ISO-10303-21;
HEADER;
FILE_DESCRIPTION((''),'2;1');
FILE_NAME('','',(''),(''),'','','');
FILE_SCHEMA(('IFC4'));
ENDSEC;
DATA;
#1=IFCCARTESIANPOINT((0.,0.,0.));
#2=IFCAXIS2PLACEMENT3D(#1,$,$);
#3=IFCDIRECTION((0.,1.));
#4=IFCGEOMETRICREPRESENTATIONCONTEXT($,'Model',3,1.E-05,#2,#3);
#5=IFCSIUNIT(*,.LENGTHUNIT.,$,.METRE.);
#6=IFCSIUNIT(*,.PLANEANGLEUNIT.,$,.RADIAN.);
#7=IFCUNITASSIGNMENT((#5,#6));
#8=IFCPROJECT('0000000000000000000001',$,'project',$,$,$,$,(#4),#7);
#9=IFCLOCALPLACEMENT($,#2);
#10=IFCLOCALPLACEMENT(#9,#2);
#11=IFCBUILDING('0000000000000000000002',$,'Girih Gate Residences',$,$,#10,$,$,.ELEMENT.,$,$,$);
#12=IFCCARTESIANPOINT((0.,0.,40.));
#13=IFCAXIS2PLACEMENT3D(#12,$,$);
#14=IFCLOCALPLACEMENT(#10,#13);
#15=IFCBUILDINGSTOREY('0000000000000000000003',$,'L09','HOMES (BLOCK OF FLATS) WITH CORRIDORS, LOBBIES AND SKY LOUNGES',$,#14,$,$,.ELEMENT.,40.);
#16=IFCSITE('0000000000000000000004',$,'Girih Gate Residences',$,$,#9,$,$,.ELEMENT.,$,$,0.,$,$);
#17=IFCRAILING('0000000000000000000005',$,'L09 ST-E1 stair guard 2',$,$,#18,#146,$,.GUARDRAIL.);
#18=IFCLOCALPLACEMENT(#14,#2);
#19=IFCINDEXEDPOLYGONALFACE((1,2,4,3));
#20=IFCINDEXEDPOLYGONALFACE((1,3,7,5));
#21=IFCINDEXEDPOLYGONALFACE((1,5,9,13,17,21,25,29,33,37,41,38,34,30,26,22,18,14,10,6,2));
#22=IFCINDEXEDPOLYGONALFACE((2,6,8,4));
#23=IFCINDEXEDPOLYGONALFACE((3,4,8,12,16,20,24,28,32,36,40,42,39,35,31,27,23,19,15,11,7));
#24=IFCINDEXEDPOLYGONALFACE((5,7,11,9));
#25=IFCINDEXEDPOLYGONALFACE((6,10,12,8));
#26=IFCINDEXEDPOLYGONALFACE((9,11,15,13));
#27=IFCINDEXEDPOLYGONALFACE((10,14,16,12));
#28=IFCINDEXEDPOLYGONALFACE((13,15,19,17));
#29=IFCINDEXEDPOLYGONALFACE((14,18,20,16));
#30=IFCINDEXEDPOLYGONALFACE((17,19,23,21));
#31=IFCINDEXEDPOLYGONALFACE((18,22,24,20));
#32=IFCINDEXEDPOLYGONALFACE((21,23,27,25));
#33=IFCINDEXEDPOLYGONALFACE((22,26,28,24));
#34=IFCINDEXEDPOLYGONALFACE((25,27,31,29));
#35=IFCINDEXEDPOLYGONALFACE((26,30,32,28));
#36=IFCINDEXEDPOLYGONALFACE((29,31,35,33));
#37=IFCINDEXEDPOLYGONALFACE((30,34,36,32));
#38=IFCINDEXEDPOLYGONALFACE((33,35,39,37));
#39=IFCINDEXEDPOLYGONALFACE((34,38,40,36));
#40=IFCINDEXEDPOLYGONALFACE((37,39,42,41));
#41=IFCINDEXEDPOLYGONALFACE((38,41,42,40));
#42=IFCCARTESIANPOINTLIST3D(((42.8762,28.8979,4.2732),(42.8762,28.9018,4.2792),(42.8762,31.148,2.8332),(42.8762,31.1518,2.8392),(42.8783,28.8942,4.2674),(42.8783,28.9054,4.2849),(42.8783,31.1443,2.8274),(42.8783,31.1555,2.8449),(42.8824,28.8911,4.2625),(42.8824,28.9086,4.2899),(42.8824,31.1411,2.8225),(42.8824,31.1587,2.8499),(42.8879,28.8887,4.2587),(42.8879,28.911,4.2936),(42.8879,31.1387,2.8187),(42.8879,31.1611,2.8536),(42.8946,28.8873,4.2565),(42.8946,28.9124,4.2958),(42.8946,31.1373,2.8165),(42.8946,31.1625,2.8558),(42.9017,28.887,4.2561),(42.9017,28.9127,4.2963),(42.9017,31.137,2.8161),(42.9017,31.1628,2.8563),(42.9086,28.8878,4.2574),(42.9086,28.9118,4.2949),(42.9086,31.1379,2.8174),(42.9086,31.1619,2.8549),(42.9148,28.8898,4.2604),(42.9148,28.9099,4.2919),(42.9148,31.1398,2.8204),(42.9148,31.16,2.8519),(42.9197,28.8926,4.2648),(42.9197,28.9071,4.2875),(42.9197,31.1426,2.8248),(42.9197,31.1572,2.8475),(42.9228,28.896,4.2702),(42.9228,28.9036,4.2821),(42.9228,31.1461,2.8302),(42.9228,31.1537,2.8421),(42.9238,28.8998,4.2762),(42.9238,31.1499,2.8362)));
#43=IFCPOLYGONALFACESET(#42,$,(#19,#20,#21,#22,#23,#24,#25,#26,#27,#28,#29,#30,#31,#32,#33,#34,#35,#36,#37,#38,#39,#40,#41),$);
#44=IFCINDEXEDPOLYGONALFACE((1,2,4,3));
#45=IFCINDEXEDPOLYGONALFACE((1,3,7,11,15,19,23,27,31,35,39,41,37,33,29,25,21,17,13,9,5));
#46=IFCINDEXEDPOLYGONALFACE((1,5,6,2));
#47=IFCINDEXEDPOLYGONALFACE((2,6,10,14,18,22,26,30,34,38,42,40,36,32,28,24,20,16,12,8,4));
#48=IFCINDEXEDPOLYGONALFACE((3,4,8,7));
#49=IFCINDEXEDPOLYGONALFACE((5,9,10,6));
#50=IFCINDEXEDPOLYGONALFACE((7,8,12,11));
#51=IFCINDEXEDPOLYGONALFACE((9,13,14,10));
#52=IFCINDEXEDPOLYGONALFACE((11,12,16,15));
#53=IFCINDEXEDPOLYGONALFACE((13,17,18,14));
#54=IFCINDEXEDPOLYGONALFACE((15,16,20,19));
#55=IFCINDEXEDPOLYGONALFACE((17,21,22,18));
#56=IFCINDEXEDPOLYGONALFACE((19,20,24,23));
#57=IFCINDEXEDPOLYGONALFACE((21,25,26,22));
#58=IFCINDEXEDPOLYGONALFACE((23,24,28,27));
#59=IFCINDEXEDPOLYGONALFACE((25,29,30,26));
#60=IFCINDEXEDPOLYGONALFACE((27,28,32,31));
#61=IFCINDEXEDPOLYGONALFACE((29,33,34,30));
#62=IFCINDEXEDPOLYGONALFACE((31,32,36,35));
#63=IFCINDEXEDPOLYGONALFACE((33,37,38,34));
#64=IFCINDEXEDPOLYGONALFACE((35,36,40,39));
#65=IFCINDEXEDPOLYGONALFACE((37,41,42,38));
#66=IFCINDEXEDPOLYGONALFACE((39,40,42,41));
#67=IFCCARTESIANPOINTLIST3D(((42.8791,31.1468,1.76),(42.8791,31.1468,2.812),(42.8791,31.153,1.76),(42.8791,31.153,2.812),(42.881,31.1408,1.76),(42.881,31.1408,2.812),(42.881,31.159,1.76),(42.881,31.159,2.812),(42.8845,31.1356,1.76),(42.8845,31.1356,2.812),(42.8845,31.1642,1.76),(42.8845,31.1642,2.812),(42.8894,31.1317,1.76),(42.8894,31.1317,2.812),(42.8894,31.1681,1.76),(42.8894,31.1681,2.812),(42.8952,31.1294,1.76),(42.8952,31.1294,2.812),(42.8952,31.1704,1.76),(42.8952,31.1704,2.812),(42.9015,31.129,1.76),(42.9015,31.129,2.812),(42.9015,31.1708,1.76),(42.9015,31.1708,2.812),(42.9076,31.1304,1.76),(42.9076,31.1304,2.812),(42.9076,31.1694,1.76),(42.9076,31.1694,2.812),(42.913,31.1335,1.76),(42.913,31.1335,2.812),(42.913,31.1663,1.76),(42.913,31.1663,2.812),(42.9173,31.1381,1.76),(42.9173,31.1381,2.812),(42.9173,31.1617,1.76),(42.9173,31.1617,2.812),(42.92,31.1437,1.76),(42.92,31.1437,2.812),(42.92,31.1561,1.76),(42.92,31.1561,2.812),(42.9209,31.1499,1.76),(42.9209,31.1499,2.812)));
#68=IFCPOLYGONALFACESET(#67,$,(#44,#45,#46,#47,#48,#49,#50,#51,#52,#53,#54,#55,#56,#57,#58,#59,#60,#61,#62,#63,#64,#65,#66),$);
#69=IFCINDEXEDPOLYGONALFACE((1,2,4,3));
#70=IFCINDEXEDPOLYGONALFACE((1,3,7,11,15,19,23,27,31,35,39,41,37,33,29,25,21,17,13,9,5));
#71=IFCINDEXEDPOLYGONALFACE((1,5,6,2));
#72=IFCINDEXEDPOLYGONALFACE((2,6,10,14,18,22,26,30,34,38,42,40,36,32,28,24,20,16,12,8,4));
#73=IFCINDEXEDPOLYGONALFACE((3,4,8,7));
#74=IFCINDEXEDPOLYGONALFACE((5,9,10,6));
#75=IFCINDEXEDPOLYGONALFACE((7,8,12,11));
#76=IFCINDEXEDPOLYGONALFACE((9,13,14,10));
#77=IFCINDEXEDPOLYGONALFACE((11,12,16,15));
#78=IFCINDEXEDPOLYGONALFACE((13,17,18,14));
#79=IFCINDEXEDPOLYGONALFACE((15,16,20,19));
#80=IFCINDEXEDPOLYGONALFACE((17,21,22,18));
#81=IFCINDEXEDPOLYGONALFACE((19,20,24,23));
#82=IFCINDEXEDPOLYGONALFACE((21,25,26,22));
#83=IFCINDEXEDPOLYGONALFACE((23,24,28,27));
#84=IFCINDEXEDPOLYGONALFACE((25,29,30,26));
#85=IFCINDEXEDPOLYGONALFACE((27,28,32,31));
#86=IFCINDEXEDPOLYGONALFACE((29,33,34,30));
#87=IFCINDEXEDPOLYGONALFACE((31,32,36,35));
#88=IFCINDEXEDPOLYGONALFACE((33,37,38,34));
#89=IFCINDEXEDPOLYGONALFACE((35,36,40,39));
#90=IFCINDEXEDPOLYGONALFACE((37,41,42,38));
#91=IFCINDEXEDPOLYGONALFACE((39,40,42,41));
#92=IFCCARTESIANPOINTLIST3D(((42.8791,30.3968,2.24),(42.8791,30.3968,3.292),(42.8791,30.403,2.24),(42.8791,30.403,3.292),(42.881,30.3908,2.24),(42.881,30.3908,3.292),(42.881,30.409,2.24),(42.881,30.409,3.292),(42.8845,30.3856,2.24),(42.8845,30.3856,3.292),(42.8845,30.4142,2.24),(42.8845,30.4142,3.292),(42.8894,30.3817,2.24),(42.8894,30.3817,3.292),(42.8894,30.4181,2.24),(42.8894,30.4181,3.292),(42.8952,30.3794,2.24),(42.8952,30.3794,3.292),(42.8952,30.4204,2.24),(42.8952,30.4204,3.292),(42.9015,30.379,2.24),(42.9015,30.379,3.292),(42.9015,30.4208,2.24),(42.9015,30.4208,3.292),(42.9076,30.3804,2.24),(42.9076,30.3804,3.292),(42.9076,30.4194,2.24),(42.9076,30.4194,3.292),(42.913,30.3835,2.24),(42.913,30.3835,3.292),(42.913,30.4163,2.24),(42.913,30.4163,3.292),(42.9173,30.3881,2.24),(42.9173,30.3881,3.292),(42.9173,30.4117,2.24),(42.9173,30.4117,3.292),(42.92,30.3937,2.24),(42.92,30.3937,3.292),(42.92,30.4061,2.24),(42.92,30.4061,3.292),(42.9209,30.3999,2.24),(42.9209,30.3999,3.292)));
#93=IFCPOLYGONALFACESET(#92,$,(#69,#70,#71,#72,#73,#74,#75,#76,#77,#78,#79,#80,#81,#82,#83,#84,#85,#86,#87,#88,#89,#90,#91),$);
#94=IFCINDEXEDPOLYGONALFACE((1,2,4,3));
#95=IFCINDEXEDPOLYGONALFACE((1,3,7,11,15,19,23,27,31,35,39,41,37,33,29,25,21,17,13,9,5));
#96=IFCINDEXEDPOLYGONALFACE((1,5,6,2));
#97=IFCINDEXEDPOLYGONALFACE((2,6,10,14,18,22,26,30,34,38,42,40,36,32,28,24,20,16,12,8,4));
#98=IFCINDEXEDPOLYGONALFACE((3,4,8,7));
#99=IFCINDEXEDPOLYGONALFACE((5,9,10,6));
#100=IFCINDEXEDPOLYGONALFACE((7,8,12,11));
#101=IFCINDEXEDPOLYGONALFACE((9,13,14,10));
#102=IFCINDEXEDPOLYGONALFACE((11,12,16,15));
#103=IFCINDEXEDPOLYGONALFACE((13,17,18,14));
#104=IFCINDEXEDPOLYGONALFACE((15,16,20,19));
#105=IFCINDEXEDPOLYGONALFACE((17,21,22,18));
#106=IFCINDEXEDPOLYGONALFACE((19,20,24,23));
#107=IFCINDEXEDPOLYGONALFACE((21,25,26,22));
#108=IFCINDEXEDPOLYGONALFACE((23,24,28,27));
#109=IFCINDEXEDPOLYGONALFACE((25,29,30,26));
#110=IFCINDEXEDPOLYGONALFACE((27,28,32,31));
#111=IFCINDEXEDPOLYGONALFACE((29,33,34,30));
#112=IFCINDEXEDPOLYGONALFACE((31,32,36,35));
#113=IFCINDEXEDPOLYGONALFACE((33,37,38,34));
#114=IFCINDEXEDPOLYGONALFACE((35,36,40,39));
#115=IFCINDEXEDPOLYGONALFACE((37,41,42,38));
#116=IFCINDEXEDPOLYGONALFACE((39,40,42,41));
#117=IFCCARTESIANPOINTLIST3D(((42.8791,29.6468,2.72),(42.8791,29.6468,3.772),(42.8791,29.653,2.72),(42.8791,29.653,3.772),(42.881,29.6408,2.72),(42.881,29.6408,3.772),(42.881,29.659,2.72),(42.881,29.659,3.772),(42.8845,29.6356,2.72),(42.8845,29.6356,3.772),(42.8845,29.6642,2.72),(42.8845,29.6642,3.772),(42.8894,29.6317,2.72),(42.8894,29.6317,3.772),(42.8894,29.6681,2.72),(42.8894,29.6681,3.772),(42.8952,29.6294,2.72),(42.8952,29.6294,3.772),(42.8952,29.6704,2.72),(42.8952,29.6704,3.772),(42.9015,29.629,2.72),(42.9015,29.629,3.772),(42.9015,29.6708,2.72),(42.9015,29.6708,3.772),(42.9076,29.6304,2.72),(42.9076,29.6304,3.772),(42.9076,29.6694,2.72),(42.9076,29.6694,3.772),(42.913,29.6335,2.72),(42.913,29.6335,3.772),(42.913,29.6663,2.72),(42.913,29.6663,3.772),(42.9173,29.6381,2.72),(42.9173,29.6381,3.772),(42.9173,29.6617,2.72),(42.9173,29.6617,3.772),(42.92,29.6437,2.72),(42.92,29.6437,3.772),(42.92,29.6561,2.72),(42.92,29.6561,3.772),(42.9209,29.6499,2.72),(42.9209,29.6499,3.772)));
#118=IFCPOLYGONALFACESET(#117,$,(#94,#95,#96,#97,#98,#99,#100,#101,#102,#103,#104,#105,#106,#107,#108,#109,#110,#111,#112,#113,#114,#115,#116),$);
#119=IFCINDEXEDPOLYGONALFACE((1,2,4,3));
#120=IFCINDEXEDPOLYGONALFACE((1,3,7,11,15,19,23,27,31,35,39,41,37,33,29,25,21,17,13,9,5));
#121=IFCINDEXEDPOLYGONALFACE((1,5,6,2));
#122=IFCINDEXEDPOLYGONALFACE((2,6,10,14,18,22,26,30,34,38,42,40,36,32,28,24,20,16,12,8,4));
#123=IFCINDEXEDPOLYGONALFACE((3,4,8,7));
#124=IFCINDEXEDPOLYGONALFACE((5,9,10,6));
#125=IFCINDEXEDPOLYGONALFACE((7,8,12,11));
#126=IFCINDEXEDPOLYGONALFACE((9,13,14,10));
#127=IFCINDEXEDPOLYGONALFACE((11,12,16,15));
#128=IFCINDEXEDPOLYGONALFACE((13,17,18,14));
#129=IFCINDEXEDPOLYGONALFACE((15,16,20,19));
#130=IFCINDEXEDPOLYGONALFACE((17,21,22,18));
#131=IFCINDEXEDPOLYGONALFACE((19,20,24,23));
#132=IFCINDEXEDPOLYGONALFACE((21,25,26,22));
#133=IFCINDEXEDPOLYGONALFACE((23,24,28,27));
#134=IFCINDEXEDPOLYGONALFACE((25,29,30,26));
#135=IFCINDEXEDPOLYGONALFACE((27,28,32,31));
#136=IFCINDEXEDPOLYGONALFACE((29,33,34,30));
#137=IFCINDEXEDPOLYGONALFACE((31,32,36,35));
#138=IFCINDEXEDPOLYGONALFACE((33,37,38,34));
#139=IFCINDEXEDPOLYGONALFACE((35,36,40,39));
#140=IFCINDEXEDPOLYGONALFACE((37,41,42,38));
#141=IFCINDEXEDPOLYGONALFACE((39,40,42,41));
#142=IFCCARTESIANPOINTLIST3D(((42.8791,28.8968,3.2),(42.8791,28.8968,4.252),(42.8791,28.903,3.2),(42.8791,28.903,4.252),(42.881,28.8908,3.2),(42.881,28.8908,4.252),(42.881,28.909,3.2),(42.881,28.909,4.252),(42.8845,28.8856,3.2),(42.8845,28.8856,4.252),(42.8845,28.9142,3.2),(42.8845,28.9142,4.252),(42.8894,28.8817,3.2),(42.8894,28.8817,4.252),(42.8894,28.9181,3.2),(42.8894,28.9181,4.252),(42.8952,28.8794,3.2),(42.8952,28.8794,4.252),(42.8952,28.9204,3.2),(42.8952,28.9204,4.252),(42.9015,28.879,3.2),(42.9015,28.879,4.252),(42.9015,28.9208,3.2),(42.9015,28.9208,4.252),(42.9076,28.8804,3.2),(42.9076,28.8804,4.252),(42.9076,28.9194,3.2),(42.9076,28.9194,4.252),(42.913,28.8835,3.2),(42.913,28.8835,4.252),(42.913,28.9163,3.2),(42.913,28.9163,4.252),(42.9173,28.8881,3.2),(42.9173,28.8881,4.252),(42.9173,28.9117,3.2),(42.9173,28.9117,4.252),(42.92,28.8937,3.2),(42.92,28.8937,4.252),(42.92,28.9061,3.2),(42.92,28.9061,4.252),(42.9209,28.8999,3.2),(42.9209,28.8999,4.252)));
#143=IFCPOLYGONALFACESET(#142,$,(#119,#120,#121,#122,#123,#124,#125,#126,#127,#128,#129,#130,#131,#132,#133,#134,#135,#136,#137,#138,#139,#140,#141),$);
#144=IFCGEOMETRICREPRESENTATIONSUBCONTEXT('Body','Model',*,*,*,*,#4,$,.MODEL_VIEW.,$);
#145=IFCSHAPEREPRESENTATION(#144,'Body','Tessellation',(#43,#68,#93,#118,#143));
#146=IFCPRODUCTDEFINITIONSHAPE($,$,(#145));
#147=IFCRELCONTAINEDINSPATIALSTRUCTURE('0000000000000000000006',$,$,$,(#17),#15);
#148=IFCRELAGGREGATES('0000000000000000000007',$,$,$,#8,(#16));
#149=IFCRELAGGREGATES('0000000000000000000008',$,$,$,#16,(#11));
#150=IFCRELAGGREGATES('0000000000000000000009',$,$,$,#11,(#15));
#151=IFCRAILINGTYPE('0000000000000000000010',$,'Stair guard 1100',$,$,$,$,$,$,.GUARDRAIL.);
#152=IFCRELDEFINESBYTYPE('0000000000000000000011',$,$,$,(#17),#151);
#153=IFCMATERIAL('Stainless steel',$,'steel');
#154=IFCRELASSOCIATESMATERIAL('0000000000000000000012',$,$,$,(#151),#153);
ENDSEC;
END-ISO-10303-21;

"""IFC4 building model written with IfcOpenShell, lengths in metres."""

from ifc_helpers import new_model, si_unit, direction, frame, origin, origin_2d, place, context, subcontext, project, spatial, circle, extrude, material, type_object, element, save


model = new_model("IFC4")

# Units and contexts
model_context = context("Model", 3, precision=1e-05, world=origin(), true_north=direction((0.0, 1.0)))
body_context = subcontext(model_context, "Body", "Model", "MODEL_VIEW")
ifc_project = project(units=[si_unit("LENGTHUNIT", "METRE"), si_unit("PLANEANGLEUNIT", "RADIAN")], contexts=[model_context])

# Site, building, storey
site_placement = place(None, origin())
site = spatial("IfcSite", under=ifc_project, at=site_placement, Name="Girih Gate Residences", CompositionType="ELEMENT", RefElevation=0.0)
building_placement = place(site_placement, origin())
building = spatial("IfcBuilding", under=site, at=building_placement, Name="Girih Gate Residences", CompositionType="ELEMENT")
storey_placement = place(building_placement, frame((0.0, 0.0, 40.0)))
storey = spatial("IfcBuildingStorey", under=building, at=storey_placement, Name="L09", Description="HOMES (BLOCK OF FLATS) WITH CORRIDORS, LOBBIES AND SKY LOUNGES", CompositionType="ELEMENT", Elevation=40.0)

# Railing
ifc_material_1 = material(Name="Stainless steel", Category="steel")
railing_type_1 = type_object("IfcRailingType", Name="Stair guard 1100", PredefinedType="GUARDRAIL", material=ifc_material_1)
railing_1_placement = place(storey_placement, frame((42.8999, 31.1499, 1.76)))
element("IfcRailing", 1, at=railing_1_placement, inside=storey, type_object=railing_type_1, Name="L09 ST-E1 stair guard 2", PredefinedType="GUARDRAIL", context=body_context, shape_type="SweptSolid", body=[
    extrude(circle(Radius=0.0239, at=origin_2d()), frame((0.0, 0.0, 1.0762), z_axis=(0.0, -0.842281, 0.539038), x_axis=(1.0, 0.0, 0.0)), (0.0, 0.0, 1.0), 2.6714),
    extrude(circle(Radius=0.021, at=origin_2d()), origin(), (0.0, 0.0, 1.0), 1.052),
    extrude(circle(Radius=0.021, at=origin_2d()), frame((0.0, -0.75, 0.48)), (0.0, 0.0, 1.0), 1.052),
    extrude(circle(Radius=0.021, at=origin_2d()), frame((0.0, -1.5, 0.96)), (0.0, 0.0, 1.0), 1.052),
    extrude(circle(Radius=0.021, at=origin_2d()), frame((0.0, -2.25, 1.4399)), (0.0, 0.0, 1.0), 1.052),
])

save(model, "model.ifc")
